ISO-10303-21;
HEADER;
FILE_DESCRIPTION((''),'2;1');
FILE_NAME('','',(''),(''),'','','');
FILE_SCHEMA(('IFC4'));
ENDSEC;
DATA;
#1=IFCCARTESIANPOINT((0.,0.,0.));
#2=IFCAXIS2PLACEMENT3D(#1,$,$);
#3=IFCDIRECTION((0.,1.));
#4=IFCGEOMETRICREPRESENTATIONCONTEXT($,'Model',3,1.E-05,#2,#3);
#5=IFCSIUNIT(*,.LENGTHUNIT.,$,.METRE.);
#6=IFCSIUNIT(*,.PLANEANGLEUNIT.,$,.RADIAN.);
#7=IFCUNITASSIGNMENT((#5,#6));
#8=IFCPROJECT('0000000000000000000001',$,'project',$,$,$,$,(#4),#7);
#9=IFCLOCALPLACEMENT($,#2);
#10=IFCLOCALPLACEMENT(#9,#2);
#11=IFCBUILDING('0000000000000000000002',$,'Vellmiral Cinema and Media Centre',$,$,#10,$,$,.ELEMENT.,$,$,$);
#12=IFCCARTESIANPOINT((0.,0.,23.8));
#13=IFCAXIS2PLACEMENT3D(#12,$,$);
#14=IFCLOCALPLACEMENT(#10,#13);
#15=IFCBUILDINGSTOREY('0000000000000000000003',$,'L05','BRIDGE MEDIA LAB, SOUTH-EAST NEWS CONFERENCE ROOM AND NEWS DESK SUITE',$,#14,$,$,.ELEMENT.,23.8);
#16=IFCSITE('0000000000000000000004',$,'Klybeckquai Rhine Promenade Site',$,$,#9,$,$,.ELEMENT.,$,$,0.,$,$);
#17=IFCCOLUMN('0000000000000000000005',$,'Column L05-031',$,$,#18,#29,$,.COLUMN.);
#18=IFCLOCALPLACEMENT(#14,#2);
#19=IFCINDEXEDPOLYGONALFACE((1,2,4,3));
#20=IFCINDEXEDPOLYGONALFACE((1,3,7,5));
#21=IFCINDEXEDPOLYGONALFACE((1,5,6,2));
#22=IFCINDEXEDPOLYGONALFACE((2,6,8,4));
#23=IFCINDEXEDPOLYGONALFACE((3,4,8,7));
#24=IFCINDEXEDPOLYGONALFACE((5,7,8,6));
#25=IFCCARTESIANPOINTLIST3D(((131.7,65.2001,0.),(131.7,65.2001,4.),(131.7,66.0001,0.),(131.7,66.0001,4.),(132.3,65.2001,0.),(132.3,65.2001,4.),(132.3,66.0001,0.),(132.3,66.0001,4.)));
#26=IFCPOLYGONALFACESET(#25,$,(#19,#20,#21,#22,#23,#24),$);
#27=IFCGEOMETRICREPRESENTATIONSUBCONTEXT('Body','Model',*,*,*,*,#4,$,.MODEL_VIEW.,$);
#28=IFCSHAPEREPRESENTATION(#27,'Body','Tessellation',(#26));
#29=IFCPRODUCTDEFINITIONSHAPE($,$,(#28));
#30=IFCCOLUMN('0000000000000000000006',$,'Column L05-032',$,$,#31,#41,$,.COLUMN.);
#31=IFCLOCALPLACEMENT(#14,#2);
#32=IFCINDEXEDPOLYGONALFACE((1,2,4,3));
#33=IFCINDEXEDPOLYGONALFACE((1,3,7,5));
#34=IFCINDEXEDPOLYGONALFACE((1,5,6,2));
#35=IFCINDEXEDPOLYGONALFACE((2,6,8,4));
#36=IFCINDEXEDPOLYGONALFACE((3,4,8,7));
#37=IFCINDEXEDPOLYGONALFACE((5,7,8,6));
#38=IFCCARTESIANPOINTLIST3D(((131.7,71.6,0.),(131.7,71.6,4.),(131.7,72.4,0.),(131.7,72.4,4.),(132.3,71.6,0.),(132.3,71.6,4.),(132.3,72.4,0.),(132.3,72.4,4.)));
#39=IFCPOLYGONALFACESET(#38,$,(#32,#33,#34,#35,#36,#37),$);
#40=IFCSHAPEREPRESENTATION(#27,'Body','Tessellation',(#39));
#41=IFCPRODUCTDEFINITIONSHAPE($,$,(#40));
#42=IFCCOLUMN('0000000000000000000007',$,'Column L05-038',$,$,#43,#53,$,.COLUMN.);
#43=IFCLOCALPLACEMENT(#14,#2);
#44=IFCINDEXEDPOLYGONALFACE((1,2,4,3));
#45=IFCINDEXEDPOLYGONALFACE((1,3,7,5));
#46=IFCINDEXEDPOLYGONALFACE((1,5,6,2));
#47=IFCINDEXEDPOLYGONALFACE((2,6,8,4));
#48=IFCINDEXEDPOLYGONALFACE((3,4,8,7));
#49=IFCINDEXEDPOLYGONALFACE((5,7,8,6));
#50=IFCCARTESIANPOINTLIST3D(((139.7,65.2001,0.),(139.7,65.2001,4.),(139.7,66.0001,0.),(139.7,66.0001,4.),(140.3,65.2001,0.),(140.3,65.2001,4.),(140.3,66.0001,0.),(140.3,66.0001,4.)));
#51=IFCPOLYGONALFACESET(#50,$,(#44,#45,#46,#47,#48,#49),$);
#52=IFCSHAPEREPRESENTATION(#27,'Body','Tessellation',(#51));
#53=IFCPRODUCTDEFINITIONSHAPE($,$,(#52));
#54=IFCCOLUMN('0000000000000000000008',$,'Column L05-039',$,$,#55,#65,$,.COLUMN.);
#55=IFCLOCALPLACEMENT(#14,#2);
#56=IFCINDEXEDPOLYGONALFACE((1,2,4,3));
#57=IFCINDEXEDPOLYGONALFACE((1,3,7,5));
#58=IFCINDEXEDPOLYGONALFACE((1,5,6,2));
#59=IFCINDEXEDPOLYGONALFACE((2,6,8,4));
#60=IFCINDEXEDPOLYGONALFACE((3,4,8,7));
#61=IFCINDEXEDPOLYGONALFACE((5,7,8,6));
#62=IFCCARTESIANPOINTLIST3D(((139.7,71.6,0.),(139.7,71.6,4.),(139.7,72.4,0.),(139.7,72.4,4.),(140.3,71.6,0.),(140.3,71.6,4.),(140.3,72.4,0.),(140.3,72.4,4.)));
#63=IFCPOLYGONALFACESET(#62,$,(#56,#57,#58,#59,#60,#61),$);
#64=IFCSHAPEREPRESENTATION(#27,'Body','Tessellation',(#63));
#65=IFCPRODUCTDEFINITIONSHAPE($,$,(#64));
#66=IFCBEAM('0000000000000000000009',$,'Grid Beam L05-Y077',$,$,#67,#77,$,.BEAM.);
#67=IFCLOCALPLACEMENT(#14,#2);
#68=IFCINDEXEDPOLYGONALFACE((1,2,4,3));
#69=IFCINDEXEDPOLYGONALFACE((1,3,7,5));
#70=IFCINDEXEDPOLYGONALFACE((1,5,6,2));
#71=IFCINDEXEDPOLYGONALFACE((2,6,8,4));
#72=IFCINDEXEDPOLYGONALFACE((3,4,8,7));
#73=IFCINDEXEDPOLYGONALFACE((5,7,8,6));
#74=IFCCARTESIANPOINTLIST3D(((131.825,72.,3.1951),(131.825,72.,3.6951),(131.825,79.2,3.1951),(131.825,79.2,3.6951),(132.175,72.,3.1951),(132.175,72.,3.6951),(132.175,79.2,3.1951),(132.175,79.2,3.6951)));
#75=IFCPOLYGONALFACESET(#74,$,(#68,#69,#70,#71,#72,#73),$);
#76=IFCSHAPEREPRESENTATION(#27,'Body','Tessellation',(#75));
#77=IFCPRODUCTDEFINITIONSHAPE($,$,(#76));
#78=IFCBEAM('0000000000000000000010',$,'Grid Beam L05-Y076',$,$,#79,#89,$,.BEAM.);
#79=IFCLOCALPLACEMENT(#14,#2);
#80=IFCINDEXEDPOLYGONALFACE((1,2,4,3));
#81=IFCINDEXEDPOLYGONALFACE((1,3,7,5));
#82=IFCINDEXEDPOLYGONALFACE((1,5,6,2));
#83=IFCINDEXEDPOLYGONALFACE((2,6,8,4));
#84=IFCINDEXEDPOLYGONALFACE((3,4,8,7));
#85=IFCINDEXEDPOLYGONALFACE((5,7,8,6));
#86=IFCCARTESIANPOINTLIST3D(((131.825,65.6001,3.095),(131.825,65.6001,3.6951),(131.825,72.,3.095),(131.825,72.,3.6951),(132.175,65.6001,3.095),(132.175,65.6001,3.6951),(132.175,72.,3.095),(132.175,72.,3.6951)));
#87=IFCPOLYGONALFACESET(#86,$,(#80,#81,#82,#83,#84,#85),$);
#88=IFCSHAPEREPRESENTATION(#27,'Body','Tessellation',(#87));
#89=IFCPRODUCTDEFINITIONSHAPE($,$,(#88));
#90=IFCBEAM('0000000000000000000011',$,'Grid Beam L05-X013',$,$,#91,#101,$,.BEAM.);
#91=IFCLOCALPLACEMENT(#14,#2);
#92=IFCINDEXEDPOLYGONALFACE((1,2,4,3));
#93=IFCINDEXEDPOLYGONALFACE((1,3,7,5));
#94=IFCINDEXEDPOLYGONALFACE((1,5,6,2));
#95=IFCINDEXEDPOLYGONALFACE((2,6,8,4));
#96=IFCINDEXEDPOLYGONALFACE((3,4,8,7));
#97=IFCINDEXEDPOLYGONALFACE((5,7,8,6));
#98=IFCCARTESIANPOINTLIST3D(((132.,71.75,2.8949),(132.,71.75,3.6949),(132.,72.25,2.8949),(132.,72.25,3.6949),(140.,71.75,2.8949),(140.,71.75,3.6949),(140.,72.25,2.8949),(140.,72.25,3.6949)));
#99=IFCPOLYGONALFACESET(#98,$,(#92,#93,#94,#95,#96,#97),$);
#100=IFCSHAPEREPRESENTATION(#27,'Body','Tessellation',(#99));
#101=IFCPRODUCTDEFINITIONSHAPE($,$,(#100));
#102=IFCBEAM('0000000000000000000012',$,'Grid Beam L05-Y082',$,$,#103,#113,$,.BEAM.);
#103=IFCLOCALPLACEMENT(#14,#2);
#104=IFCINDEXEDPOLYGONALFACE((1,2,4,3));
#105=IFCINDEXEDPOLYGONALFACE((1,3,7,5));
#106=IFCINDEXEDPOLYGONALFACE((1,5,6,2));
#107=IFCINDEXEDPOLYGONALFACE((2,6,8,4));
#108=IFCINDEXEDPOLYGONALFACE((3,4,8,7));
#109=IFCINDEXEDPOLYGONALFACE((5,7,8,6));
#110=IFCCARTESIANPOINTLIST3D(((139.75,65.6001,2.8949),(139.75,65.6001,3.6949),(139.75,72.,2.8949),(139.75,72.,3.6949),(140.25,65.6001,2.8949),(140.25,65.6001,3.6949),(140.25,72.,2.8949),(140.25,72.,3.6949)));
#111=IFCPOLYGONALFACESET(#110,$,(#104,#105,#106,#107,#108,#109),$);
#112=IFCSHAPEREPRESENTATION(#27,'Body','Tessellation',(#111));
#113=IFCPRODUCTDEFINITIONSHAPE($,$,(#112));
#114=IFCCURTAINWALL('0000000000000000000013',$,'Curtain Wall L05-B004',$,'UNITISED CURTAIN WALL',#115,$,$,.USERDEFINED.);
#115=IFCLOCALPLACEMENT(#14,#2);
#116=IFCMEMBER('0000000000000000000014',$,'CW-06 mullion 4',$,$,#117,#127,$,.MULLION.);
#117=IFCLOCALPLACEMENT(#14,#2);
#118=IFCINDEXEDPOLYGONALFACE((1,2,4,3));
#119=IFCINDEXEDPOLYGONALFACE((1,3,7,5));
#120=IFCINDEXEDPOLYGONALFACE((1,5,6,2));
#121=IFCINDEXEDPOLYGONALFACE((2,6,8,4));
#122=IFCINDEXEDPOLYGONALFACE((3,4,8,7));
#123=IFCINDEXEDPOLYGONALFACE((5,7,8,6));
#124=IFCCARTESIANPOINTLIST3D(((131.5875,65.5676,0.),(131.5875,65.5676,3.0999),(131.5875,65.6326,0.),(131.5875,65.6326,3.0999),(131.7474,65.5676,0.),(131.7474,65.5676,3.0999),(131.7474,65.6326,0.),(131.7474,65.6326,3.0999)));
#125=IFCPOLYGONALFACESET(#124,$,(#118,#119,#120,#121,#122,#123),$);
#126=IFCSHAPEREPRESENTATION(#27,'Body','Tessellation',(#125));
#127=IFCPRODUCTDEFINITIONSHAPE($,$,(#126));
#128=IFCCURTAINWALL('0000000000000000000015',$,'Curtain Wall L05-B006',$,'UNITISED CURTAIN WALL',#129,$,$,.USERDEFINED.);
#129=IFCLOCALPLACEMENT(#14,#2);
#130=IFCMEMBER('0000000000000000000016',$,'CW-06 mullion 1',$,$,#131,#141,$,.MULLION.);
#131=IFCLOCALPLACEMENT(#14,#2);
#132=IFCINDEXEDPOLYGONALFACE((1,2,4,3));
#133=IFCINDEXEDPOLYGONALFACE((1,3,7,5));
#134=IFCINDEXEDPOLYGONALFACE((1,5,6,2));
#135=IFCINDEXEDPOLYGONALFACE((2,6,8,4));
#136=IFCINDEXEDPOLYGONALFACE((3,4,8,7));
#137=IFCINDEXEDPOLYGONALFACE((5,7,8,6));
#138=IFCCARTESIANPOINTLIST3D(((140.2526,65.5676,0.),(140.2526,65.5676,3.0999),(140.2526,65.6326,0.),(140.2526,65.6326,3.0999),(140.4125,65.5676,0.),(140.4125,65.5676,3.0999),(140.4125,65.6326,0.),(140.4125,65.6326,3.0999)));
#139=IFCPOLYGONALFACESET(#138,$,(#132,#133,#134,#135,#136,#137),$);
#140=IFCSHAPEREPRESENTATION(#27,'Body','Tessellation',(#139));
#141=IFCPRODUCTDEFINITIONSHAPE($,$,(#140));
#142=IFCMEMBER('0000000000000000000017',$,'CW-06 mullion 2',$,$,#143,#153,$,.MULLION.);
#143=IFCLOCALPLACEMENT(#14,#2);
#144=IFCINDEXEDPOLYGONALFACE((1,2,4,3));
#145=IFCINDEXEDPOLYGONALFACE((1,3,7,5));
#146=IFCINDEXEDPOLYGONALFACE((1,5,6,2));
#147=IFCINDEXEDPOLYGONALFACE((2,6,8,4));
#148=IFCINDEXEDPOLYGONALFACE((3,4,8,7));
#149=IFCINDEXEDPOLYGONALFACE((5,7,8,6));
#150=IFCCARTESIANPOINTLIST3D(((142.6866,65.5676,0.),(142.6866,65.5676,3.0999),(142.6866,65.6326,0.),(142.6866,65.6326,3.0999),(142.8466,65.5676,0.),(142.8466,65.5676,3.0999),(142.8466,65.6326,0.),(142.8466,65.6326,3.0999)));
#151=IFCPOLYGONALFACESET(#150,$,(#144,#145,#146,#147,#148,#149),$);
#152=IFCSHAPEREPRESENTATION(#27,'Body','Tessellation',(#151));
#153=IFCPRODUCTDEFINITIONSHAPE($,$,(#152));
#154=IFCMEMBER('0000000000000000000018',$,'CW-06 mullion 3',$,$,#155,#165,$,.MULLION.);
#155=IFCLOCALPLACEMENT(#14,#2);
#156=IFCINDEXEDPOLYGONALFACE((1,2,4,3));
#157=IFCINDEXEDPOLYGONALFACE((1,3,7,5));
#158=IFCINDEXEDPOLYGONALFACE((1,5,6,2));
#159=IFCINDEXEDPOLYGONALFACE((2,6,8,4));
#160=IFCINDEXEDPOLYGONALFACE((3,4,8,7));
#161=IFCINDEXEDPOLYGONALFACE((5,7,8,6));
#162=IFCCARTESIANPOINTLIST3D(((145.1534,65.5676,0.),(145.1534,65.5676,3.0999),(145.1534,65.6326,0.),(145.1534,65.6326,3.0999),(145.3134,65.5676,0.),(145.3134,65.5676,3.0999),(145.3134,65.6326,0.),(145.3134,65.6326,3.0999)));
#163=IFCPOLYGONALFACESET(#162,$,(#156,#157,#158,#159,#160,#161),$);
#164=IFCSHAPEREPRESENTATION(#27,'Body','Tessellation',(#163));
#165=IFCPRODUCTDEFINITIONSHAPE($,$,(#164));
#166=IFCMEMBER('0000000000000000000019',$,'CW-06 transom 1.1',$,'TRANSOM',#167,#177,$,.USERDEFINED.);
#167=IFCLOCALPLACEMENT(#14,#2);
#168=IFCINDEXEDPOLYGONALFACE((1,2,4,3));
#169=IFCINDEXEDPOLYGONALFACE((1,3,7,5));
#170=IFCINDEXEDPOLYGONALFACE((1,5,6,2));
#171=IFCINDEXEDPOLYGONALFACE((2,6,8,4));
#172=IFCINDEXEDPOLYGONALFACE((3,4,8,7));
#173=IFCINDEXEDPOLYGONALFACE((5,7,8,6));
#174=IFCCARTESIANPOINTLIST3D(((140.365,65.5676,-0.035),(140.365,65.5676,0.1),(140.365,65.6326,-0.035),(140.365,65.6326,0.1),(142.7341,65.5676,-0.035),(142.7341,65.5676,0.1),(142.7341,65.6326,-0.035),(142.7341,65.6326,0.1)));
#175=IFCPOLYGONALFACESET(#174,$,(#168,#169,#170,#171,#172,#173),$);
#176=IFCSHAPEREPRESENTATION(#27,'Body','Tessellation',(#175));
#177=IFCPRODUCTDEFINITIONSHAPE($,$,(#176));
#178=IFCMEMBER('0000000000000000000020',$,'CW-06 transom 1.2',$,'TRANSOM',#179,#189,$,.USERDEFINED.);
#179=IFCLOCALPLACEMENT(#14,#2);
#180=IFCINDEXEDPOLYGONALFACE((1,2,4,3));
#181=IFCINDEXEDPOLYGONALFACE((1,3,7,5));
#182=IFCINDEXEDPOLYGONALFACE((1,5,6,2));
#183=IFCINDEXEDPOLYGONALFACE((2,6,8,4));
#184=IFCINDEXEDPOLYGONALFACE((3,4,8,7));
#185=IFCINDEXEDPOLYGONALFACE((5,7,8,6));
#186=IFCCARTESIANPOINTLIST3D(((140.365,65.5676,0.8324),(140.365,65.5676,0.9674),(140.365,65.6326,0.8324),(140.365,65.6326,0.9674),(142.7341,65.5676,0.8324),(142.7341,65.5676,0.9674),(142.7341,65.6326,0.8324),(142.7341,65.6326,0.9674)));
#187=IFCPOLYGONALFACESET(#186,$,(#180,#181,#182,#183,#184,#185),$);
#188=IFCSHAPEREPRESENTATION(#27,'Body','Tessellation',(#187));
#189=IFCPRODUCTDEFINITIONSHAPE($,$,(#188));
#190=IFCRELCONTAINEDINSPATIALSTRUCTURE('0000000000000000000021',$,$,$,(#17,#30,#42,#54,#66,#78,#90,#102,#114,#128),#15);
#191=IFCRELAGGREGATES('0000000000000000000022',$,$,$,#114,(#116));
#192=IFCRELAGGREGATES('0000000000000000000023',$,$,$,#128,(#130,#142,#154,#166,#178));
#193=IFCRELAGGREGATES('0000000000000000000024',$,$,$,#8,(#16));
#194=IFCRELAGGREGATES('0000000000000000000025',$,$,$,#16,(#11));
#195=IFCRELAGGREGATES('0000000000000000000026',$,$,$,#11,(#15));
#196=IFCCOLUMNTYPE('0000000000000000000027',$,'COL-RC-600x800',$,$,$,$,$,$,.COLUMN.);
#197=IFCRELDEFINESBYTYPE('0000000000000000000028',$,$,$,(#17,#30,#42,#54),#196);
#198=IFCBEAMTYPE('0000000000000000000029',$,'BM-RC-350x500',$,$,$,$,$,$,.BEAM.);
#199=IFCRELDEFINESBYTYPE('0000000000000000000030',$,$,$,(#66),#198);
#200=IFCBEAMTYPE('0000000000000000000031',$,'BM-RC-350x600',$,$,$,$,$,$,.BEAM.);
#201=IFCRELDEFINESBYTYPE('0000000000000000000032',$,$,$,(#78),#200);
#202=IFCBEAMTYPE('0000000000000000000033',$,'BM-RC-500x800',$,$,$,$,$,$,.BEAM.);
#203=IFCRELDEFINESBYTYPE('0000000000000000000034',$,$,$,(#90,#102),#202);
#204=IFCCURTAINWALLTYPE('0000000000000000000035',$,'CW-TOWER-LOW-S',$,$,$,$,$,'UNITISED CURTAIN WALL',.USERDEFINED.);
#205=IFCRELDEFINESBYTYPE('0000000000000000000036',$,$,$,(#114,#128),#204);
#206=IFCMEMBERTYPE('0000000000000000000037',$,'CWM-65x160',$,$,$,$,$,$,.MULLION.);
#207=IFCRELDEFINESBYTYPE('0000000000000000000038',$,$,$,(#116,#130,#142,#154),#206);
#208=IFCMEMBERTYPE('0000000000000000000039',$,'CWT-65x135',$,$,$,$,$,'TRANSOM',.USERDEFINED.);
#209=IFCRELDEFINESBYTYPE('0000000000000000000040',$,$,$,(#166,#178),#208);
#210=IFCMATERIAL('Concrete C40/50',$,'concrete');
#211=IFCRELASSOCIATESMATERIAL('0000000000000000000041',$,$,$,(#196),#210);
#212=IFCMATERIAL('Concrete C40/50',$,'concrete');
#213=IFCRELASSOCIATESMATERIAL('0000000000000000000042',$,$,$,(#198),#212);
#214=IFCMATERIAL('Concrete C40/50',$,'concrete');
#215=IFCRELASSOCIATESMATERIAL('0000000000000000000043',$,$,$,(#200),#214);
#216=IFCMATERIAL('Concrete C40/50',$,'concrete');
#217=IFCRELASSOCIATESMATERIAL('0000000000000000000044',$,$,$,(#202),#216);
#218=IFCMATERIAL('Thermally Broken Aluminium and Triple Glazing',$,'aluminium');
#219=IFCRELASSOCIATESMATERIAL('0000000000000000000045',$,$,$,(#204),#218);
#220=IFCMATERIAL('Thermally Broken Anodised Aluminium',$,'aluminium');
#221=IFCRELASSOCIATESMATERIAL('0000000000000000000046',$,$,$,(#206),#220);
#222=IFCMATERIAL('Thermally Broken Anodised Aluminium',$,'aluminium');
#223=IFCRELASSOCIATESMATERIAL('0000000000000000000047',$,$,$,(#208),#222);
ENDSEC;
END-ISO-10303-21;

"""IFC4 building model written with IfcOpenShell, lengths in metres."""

from ifc_helpers import new_model, si_unit, direction, frame, origin, origin_2d, place, context, subcontext, project, spatial, rectangle, extrude, material, material_profile, profile_set, type_object, element, aggregate, save


model = new_model("IFC4")

# Units and contexts
model_context = context("Model", 3, precision=1e-05, world=origin(), true_north=direction((0.0, 1.0)))
body_context = subcontext(model_context, "Body", "Model", "MODEL_VIEW")
ifc_project = project(units=[si_unit("LENGTHUNIT", "METRE"), si_unit("PLANEANGLEUNIT", "RADIAN")], contexts=[model_context])

# Site, building, storey
site_placement = place(None, origin())
site = spatial("IfcSite", under=ifc_project, at=site_placement, Name="Klybeckquai Rhine Promenade Site", CompositionType="ELEMENT", RefElevation=0.0)
building_placement = place(site_placement, origin())
building = spatial("IfcBuilding", under=site, at=building_placement, Name="Vellmiral Cinema and Media Centre", CompositionType="ELEMENT")
storey_placement = place(building_placement, frame((0.0, 0.0, 23.8)))
storey = spatial("IfcBuildingStorey", under=building, at=storey_placement, Name="L05", Description="BRIDGE MEDIA LAB, SOUTH-EAST NEWS CONFERENCE ROOM AND NEWS DESK SUITE", CompositionType="ELEMENT", Elevation=23.8)

# Columns
ifc_material_1 = material(Name="Concrete C40/50", Category="concrete")
ifc_material_profile_1 = material_profile(ifc_material_1, rectangle(XDim=0.6001, YDim=0.8, at=origin_2d()), Name="RC 600x800")
ifc_profile_set_1 = profile_set([ifc_material_profile_1], Name="Concrete C40/50")
column_type = type_object("IfcColumnType", Name="COL-RC-600x800", PredefinedType="COLUMN", material=ifc_profile_set_1)
for number, where, z_axis, x_axis, name in (
    (1, (132.0, 65.6001, 0.0), (0.0, 0.0, 1.0), (1.0, 0.0, 0.0), "Column L05-031"),
    (2, (132.0, 72.0, 0.0), (0.0, 0.0, 1.0), (1.0, 0.0, 0.0), "Column L05-032"),
    (3, (140.0, 65.6001, 0.0), (0.0, 0.0, 1.0), (1.0, 0.0, 0.0), "Column L05-038"),
    (4, (140.0, 72.0, 0.0), (0.0, 0.0, 1.0), (1.0, 0.0, 0.0), "Column L05-039"),
):
    element("IfcColumn", number, at=place(storey_placement, frame(where, z_axis=z_axis, x_axis=x_axis)), inside=storey, type_object=column_type, Name=name, PredefinedType="COLUMN", context=body_context, shape_type="SweptSolid", body=[
        extrude(rectangle(XDim=0.6001, YDim=0.8, at=origin_2d()), origin(), (0.0, 0.0, 1.0), 4.0),
    ])

# Beams
ifc_material_2 = material(Name="Concrete C40/50", Category="concrete")
ifc_material_profile_2 = material_profile(ifc_material_2, rectangle(XDim=0.3501, YDim=0.5, at=origin_2d()), Name="RC 350x500")
ifc_profile_set_2 = profile_set([ifc_material_profile_2], Name="Concrete C40/50")
beam_type_1 = type_object("IfcBeamType", Name="BM-RC-350x500", PredefinedType="BEAM", material=ifc_profile_set_2)
beam_1_placement = place(storey_placement, frame((132.0, 72.0, 3.4451), z_axis=(0.0, 1.0, 0.0), x_axis=(-1.0, 0.0, 0.0)))
element("IfcBeam", 5, at=beam_1_placement, inside=storey, type_object=beam_type_1, Name="Grid Beam L05-Y077", PredefinedType="BEAM", context=body_context, shape_type="SweptSolid", body=[
    extrude(rectangle(XDim=0.3501, YDim=0.5, at=origin_2d()), origin(), (0.0, 0.0, 1.0), 7.2),
])
ifc_material_3 = material(Name="Concrete C40/50", Category="concrete")
ifc_material_profile_3 = material_profile(ifc_material_3, rectangle(XDim=0.3501, YDim=0.6001, at=origin_2d()), Name="RC 350x600")
ifc_profile_set_3 = profile_set([ifc_material_profile_3], Name="Concrete C40/50")
beam_type_2 = type_object("IfcBeamType", Name="BM-RC-350x600", PredefinedType="BEAM", material=ifc_profile_set_3)
beam_2_placement = place(storey_placement, frame((132.0, 65.6001, 3.395), z_axis=(0.0, 1.0, 0.0), x_axis=(-1.0, 0.0, 0.0)))
element("IfcBeam", 6, at=beam_2_placement, inside=storey, type_object=beam_type_2, Name="Grid Beam L05-Y076", PredefinedType="BEAM", context=body_context, shape_type="SweptSolid", body=[
    extrude(rectangle(XDim=0.3501, YDim=0.6001, at=origin_2d()), origin(), (0.0, 0.0, 1.0), 6.3999),
])
ifc_material_4 = material(Name="Concrete C40/50", Category="concrete")
ifc_material_profile_4 = material_profile(ifc_material_4, rectangle(XDim=0.5, YDim=0.8, at=origin_2d()), Name="RC 500x800")
ifc_profile_set_4 = profile_set([ifc_material_profile_4], Name="Concrete C40/50")
beam_type_3 = type_object("IfcBeamType", Name="BM-RC-500x800", PredefinedType="BEAM", material=ifc_profile_set_4)
beam_3_placement = place(storey_placement, frame((132.0, 72.0, 3.2949), z_axis=(1.0, 0.0, 0.0), x_axis=(0.0, 1.0, 0.0)))
element("IfcBeam", 7, at=beam_3_placement, inside=storey, type_object=beam_type_3, Name="Grid Beam L05-X013", PredefinedType="BEAM", context=body_context, shape_type="SweptSolid", body=[
    extrude(rectangle(XDim=0.5, YDim=0.8, at=origin_2d()), origin(), (0.0, 0.0, 1.0), 8.0),
])
beam_4_placement = place(storey_placement, frame((140.0, 65.6001, 3.2949), z_axis=(0.0, 1.0, 0.0), x_axis=(-1.0, 0.0, 0.0)))
element("IfcBeam", 8, at=beam_4_placement, inside=storey, type_object=beam_type_3, Name="Grid Beam L05-Y082", PredefinedType="BEAM", context=body_context, shape_type="SweptSolid", body=[
    extrude(rectangle(XDim=0.5, YDim=0.8, at=origin_2d()), origin(), (0.0, 0.0, 1.0), 6.3999),
])

# Curtain wall, member
ifc_material_5 = material(Name="Thermally Broken Aluminium and Triple Glazing", Category="aluminium")
curtain_wall_type = type_object("IfcCurtainWallType", Name="CW-TOWER-LOW-S", ElementType="UNITISED CURTAIN WALL", PredefinedType="USERDEFINED", material=ifc_material_5)
curtain_wall_1_placement = place(storey_placement, origin())
curtain_wall_1 = element("IfcCurtainWall", 9, at=curtain_wall_1_placement, inside=storey, type_object=curtain_wall_type, Name="Curtain Wall L05-B004", ObjectType="UNITISED CURTAIN WALL", PredefinedType="USERDEFINED")
ifc_material_6 = material(Name="Thermally Broken Anodised Aluminium", Category="aluminium")
ifc_material_profile_5 = material_profile(ifc_material_6, rectangle(XDim=0.0649, YDim=0.1599, at=origin_2d()), Name="MULL 65x160")
ifc_profile_set_5 = profile_set([ifc_material_profile_5], Name="Thermally Broken Anodised Aluminium")
member_type_1 = type_object("IfcMemberType", Name="CWM-65x160", PredefinedType="MULLION", material=ifc_profile_set_5)
member_1_placement = place(storey_placement, frame((131.6675, 65.6001, 0.0), z_axis=(0.0, 0.0, 1.0), x_axis=(0.0, 1.0, 0.0)))
member_1 = element("IfcMember", 10, at=member_1_placement, type_object=member_type_1, Name="CW-06 mullion 4", PredefinedType="MULLION", context=body_context, shape_type="SweptSolid", body=[
    extrude(rectangle(XDim=0.0649, YDim=0.1599, at=origin_2d()), origin(), (0.0, 0.0, 1.0), 3.0999),
])
aggregate(curtain_wall_1, [member_1])

# Curtain wall, members
curtain_wall_2_placement = place(storey_placement, origin())
curtain_wall_2 = element("IfcCurtainWall", 11, at=curtain_wall_2_placement, inside=storey, type_object=curtain_wall_type, Name="Curtain Wall L05-B006", ObjectType="UNITISED CURTAIN WALL", PredefinedType="USERDEFINED")
member_2_placement = place(storey_placement, frame((140.3325, 65.6001, 0.0), z_axis=(0.0, 0.0, 1.0), x_axis=(0.0, 1.0, 0.0)))
member_2 = element("IfcMember", 12, at=member_2_placement, type_object=member_type_1, Name="CW-06 mullion 1", PredefinedType="MULLION", context=body_context, shape_type="SweptSolid", body=[
    extrude(rectangle(XDim=0.0649, YDim=0.1599, at=origin_2d()), origin(), (0.0, 0.0, 1.0), 3.0999),
])
member_3_placement = place(storey_placement, frame((142.7666, 65.6001, 0.0), z_axis=(0.0, 0.0, 1.0), x_axis=(0.0, 1.0, 0.0)))
member_3 = element("IfcMember", 13, at=member_3_placement, type_object=member_type_1, Name="CW-06 mullion 2", PredefinedType="MULLION", context=body_context, shape_type="SweptSolid", body=[
    extrude(rectangle(XDim=0.0649, YDim=0.1599, at=origin_2d()), origin(), (0.0, 0.0, 1.0), 3.0999),
])
member_4_placement = place(storey_placement, frame((145.2334, 65.6001, 0.0), z_axis=(0.0, 0.0, 1.0), x_axis=(0.0, 1.0, 0.0)))
member_4 = element("IfcMember", 14, at=member_4_placement, type_object=member_type_1, Name="CW-06 mullion 3", PredefinedType="MULLION", context=body_context, shape_type="SweptSolid", body=[
    extrude(rectangle(XDim=0.0649, YDim=0.1599, at=origin_2d()), origin(), (0.0, 0.0, 1.0), 3.0999),
])
ifc_material_7 = material(Name="Thermally Broken Anodised Aluminium", Category="aluminium")
ifc_material_profile_6 = material_profile(ifc_material_7, rectangle(XDim=0.0649, YDim=0.135, at=origin_2d()), Name="MULL 65x135")
ifc_profile_set_6 = profile_set([ifc_material_profile_6], Name="Thermally Broken Anodised Aluminium")
member_type_2 = type_object("IfcMemberType", Name="CWT-65x135", ElementType="TRANSOM", PredefinedType="USERDEFINED", material=ifc_profile_set_6)
member_5_placement = place(storey_placement, frame((140.365, 65.6001, 0.0325), z_axis=(1.0, 0.0, 0.0), x_axis=(0.0, 1.0, 0.0)))
member_5 = element("IfcMember", 15, at=member_5_placement, type_object=member_type_2, Name="CW-06 transom 1.1", ObjectType="TRANSOM", PredefinedType="USERDEFINED", context=body_context, shape_type="SweptSolid", body=[
    extrude(rectangle(XDim=0.0649, YDim=0.135, at=origin_2d()), origin(), (0.0, 0.0, 1.0), 2.3691),
])
member_6_placement = place(storey_placement, frame((140.365, 65.6001, 0.8999), z_axis=(1.0, 0.0, 0.0), x_axis=(0.0, 1.0, 0.0)))
member_6 = element("IfcMember", 16, at=member_6_placement, type_object=member_type_2, Name="CW-06 transom 1.2", ObjectType="TRANSOM", PredefinedType="USERDEFINED", context=body_context, shape_type="SweptSolid", body=[
    extrude(rectangle(XDim=0.0649, YDim=0.135, at=origin_2d()), origin(), (0.0, 0.0, 1.0), 2.3691),
])

aggregate(curtain_wall_2, [member_2, member_3, member_4, member_5, member_6])

save(model, "model.ifc")
